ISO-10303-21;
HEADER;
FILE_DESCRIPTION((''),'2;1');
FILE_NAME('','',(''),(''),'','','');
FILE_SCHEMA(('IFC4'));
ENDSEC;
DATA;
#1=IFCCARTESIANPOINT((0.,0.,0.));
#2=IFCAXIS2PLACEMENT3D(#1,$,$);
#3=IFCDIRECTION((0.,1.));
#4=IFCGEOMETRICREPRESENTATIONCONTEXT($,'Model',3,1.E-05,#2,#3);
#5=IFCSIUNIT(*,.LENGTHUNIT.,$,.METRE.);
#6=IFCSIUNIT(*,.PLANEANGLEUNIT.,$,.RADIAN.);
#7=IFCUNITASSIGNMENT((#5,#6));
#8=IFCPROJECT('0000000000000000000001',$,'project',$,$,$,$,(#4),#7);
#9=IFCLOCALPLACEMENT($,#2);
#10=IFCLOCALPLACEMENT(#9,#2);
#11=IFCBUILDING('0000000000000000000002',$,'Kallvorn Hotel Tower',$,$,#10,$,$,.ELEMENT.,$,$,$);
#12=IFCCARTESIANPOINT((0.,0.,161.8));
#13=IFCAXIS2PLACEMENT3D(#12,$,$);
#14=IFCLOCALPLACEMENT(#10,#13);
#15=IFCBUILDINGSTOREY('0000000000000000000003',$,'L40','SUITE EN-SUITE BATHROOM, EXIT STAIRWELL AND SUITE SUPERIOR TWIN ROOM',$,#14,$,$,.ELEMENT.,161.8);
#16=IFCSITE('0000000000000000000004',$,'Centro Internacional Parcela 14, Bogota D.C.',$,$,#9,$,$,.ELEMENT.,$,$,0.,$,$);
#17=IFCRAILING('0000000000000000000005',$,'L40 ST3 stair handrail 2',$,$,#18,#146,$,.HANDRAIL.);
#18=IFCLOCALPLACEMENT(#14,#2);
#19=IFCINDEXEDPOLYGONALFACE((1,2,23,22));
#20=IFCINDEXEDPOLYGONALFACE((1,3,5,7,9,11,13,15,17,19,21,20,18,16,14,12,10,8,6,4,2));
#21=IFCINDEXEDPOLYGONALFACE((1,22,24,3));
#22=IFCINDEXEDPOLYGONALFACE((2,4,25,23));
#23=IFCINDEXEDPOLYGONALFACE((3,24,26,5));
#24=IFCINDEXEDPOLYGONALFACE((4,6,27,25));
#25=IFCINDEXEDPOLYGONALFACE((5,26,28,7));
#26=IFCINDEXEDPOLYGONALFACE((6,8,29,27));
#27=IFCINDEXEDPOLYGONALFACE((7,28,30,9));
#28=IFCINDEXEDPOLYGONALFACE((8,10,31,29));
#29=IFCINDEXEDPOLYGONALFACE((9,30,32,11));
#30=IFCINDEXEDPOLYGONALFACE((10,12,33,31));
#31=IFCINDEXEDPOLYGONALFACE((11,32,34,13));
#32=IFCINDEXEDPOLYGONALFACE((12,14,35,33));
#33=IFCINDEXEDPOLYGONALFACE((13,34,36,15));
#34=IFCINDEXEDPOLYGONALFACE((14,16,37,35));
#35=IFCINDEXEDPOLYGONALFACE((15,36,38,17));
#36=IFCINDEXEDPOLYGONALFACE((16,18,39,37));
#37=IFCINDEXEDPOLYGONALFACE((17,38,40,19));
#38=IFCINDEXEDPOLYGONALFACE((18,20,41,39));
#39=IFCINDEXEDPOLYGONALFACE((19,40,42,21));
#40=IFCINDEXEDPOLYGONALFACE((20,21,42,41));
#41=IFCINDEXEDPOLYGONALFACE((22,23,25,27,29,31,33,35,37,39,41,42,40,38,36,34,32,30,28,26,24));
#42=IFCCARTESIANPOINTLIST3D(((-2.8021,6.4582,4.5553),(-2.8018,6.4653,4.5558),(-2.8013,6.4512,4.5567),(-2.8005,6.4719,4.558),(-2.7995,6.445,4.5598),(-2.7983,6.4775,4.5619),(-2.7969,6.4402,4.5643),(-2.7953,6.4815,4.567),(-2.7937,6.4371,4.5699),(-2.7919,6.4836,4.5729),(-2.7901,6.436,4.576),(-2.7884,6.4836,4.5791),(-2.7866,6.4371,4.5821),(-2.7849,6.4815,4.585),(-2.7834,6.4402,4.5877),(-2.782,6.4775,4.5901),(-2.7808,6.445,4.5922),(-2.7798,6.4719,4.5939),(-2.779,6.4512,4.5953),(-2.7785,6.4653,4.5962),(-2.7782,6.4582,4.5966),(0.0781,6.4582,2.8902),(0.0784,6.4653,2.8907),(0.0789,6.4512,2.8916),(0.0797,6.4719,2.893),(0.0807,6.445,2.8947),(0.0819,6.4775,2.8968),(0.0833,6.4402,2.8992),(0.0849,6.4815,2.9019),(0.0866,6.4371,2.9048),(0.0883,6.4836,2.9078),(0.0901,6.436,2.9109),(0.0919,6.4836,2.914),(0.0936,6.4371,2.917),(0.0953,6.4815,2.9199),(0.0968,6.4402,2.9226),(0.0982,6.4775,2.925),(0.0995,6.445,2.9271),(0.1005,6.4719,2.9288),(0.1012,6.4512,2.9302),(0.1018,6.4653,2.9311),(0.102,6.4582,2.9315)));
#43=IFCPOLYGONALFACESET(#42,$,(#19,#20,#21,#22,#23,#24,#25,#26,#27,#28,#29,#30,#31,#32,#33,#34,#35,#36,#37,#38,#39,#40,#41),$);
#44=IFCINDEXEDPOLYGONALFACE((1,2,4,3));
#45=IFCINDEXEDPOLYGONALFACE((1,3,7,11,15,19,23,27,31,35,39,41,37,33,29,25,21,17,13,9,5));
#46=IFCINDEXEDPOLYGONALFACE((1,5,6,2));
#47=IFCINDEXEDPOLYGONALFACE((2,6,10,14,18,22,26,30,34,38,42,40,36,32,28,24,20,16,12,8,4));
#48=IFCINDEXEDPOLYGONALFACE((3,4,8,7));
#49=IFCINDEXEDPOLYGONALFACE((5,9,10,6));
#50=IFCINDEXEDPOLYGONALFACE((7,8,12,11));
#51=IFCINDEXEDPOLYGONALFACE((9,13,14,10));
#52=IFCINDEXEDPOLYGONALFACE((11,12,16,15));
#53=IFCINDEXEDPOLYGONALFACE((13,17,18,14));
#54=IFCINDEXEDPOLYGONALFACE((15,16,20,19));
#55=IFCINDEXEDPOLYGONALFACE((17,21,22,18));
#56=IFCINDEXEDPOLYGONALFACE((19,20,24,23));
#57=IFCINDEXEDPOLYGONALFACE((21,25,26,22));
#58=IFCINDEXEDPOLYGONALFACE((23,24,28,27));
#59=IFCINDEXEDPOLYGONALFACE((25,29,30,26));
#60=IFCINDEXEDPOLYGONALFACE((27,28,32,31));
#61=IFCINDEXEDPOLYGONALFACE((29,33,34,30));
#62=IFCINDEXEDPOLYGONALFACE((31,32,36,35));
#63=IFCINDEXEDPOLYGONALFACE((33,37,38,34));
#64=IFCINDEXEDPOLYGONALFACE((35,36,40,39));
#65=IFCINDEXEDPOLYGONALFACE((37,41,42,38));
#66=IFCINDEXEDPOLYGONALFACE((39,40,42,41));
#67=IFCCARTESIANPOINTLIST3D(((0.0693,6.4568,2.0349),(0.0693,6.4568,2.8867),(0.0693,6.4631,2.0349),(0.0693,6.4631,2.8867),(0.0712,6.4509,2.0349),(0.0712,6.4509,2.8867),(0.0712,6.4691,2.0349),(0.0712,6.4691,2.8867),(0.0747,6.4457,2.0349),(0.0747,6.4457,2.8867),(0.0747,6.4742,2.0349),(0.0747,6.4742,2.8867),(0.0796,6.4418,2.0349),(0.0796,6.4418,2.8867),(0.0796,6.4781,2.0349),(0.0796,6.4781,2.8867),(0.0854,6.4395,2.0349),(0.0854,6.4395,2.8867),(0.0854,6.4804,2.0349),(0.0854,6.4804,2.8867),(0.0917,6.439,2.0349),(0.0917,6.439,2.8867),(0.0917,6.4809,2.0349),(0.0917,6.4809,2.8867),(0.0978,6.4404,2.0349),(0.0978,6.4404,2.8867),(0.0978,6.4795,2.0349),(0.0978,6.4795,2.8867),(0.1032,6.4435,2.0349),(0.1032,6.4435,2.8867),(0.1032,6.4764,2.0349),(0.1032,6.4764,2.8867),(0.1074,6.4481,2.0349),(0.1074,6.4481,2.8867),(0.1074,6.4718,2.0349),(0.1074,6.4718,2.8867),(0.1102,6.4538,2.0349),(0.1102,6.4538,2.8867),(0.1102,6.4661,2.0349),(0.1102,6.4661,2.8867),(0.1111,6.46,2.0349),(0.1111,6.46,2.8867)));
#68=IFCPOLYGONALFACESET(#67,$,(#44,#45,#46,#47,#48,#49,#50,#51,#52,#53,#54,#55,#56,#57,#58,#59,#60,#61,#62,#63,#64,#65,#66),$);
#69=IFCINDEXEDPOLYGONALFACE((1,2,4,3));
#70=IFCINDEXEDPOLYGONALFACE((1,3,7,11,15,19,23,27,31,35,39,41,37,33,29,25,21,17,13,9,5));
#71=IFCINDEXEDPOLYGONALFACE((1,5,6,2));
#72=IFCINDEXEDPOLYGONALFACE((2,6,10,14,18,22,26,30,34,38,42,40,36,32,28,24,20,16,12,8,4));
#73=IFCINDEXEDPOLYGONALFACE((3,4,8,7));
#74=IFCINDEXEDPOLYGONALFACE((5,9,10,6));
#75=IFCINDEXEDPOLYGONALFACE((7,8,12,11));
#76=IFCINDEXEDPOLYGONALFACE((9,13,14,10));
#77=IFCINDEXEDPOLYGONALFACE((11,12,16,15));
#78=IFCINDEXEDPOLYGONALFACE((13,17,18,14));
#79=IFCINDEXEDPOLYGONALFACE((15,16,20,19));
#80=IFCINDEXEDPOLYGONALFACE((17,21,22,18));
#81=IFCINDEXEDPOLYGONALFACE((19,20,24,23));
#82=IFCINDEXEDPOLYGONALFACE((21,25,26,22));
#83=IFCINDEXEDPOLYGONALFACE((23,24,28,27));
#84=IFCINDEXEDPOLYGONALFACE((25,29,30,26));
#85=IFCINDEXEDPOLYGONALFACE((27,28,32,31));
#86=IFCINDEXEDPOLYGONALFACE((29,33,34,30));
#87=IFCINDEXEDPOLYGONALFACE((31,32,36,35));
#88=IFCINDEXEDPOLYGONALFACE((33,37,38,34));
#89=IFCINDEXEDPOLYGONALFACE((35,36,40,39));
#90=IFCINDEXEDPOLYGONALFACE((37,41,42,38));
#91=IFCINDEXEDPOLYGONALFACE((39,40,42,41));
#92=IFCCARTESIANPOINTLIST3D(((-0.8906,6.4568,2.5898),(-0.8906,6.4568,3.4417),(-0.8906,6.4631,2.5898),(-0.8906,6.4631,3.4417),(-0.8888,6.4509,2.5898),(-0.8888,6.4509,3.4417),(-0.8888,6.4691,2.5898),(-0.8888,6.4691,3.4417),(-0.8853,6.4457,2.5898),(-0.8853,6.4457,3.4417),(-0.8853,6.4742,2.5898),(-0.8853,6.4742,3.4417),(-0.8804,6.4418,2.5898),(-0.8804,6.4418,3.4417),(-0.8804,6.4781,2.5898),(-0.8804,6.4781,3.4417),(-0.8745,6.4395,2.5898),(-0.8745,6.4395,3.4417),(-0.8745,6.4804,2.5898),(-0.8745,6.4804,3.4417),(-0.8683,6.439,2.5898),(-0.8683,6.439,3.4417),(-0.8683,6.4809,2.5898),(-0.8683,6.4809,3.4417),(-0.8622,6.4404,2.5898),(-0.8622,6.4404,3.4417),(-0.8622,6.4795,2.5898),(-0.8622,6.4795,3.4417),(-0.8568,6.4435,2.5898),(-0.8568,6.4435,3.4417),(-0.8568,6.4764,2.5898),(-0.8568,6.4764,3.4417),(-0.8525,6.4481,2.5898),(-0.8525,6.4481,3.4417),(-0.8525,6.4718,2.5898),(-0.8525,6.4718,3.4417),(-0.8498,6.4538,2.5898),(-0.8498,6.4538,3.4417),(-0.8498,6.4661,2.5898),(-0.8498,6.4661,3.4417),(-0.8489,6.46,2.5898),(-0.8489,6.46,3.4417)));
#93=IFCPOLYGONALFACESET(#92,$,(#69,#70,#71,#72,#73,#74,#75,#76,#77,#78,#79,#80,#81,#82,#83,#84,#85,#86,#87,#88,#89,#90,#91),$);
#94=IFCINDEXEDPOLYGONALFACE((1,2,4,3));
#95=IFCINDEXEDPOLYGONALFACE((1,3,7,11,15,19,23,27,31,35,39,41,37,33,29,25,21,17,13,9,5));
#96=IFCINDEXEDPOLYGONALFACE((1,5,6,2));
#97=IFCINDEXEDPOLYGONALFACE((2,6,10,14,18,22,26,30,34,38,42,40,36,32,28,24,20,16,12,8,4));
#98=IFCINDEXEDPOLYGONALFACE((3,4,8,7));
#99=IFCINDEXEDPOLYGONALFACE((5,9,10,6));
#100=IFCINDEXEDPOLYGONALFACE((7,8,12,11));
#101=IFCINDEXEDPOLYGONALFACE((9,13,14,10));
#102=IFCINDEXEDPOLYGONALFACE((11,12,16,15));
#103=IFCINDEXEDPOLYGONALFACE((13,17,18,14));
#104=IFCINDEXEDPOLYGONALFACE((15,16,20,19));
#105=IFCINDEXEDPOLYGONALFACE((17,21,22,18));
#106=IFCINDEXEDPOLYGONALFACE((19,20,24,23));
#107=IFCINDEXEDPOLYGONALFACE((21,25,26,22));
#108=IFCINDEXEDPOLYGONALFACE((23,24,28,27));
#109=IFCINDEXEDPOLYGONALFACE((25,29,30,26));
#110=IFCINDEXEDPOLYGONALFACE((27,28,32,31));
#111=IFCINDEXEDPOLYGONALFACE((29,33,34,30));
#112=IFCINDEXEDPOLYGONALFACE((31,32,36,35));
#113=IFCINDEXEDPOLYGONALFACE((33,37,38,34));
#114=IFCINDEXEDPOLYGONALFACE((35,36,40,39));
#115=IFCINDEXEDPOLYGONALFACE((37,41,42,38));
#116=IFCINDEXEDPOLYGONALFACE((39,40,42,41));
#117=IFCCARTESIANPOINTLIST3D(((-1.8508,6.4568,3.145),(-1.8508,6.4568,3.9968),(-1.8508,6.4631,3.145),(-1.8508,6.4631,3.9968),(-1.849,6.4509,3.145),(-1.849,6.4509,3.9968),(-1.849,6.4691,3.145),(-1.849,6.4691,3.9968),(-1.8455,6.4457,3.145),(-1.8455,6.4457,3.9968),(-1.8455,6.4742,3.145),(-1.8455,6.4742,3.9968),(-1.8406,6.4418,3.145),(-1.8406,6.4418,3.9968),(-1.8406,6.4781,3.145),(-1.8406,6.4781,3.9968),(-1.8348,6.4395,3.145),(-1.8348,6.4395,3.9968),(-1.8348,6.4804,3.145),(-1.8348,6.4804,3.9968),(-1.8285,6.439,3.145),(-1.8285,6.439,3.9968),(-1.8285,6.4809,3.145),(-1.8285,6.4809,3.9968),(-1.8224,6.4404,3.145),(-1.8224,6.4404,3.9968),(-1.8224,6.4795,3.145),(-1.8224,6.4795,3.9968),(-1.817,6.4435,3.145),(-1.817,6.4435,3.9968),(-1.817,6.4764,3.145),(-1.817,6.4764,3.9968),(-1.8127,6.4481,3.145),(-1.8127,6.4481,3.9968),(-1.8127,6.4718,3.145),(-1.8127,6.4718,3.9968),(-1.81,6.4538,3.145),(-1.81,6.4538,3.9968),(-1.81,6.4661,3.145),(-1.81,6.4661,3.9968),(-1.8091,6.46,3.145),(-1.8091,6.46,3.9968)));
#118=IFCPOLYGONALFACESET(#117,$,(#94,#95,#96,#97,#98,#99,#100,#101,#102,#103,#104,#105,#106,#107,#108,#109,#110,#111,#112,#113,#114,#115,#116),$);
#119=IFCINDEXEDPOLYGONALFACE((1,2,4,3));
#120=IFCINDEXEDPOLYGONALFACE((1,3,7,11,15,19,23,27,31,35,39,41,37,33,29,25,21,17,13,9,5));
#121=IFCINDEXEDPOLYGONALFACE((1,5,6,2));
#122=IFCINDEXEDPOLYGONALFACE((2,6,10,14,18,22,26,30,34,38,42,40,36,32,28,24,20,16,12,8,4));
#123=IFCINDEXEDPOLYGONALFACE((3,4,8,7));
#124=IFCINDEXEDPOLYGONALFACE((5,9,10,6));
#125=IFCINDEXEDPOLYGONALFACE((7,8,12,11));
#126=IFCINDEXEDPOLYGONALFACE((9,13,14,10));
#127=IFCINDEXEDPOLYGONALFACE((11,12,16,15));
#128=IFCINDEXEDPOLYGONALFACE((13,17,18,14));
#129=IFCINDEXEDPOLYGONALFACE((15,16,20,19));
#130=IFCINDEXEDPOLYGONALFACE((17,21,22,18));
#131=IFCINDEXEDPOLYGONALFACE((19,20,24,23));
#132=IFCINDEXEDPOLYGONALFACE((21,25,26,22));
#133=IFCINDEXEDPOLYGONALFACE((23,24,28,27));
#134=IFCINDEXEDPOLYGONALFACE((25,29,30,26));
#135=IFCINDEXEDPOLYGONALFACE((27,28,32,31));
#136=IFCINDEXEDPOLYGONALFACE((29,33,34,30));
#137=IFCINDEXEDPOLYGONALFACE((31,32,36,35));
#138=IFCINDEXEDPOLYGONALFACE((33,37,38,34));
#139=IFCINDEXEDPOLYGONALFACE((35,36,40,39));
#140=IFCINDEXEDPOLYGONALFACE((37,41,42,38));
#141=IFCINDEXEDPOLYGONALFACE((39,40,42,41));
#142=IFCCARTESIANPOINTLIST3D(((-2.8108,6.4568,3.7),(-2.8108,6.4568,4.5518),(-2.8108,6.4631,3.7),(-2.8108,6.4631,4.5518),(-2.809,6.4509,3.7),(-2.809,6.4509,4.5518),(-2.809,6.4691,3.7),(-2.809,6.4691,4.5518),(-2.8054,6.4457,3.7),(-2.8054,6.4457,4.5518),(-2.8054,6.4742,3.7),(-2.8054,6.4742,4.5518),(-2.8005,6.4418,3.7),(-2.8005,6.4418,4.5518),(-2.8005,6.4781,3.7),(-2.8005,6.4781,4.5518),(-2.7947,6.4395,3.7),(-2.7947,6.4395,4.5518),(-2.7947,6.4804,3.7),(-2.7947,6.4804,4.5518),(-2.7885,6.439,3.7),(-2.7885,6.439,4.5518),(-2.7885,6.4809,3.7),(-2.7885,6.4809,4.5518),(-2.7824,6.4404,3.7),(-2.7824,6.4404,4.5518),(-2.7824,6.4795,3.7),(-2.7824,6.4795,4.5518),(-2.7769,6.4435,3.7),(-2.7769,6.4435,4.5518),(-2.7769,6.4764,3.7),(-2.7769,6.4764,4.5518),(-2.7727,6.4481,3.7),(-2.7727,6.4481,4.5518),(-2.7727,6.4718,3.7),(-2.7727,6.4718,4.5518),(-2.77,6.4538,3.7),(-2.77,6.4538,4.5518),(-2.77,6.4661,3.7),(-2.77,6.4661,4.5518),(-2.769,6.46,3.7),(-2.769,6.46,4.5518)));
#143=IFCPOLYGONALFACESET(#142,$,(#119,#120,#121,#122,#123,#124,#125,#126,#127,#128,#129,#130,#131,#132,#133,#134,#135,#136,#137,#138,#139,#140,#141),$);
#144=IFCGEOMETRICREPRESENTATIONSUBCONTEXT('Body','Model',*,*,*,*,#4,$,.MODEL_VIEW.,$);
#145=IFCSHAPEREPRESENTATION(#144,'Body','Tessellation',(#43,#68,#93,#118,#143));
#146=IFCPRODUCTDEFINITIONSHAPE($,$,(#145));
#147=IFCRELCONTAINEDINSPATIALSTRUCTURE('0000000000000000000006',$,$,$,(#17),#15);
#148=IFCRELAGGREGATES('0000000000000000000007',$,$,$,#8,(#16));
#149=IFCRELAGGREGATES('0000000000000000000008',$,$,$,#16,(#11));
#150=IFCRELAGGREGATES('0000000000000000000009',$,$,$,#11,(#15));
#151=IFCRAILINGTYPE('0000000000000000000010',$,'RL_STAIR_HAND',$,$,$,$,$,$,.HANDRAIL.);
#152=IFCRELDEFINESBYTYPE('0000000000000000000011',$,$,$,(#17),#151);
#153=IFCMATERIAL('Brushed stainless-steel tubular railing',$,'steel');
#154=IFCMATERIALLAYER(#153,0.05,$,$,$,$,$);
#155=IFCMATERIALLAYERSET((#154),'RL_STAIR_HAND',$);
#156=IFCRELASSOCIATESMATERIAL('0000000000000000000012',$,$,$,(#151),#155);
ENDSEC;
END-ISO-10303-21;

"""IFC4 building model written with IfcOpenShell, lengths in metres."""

from ifc_helpers import new_model, si_unit, direction, frame, origin, origin_2d, place, context, subcontext, project, spatial, circle, extrude, material, layer, layer_set, type_object, element, save


model = new_model("IFC4")

# Units and contexts
model_context = context("Model", 3, precision=1e-05, world=origin(), true_north=direction((0.0, 1.0)))
body_context = subcontext(model_context, "Body", "Model", "MODEL_VIEW")
ifc_project = project(units=[si_unit("LENGTHUNIT", "METRE"), si_unit("PLANEANGLEUNIT", "RADIAN")], contexts=[model_context])

# Site, building, storey
site_placement = place(None, origin())
site = spatial("IfcSite", under=ifc_project, at=site_placement, Name="Centro Internacional Parcela 14, Bogota D.C.", CompositionType="ELEMENT", RefElevation=0.0)
building_placement = place(site_placement, origin())
building = spatial("IfcBuilding", under=site, at=building_placement, Name="Kallvorn Hotel Tower", CompositionType="ELEMENT")
storey_placement = place(building_placement, frame((0.0, 0.0, 161.8)))
storey = spatial("IfcBuildingStorey", under=building, at=storey_placement, Name="L40", Description="SUITE EN-SUITE BATHROOM, EXIT STAIRWELL AND SUITE SUPERIOR TWIN ROOM", CompositionType="ELEMENT", Elevation=161.8)

# Railing
ifc_material_1 = material(Name="Brushed stainless-steel tubular railing", Category="steel")
ifc_layer_1 = layer(ifc_material_1, 0.05)
ifc_layer_set_1 = layer_set([ifc_layer_1], Name="RL_STAIR_HAND")
railing_type_1 = type_object("IfcRailingType", Name="RL_STAIR_HAND", PredefinedType="HANDRAIL", material=ifc_layer_set_1)
railing_1_placement = place(storey_placement, frame((0.0901, 6.46, 2.0349)))
element("IfcRailing", 1, at=railing_1_placement, inside=storey, type_object=railing_type_1, Name="L40 ST3 stair handrail 2", PredefinedType="HANDRAIL", context=body_context, shape_type="SweptSolid", body=[
    extrude(circle(Radius=0.0239, at=origin_2d()), frame((0.0, 0.0, 0.876), z_axis=(-0.865739, 0.0, 0.500495), x_axis=(0.0, -1.0, 0.0)), (0.0, 0.0, 1.0), 3.3269),
    extrude(circle(Radius=0.021, at=origin_2d()), origin(), (0.0, 0.0, 1.0), 0.8518),
    extrude(circle(Radius=0.021, at=origin_2d()), frame((-0.96, 0.0, 0.5549)), (0.0, 0.0, 1.0), 0.8518),
    extrude(circle(Radius=0.021, at=origin_2d()), frame((-1.9202, 0.0, 1.1101)), (0.0, 0.0, 1.0), 0.8518),
    extrude(circle(Radius=0.021, at=origin_2d()), frame((-2.8801, 0.0, 1.665)), (0.0, 0.0, 1.0), 0.8518),
])

save(model, "model.ifc")
